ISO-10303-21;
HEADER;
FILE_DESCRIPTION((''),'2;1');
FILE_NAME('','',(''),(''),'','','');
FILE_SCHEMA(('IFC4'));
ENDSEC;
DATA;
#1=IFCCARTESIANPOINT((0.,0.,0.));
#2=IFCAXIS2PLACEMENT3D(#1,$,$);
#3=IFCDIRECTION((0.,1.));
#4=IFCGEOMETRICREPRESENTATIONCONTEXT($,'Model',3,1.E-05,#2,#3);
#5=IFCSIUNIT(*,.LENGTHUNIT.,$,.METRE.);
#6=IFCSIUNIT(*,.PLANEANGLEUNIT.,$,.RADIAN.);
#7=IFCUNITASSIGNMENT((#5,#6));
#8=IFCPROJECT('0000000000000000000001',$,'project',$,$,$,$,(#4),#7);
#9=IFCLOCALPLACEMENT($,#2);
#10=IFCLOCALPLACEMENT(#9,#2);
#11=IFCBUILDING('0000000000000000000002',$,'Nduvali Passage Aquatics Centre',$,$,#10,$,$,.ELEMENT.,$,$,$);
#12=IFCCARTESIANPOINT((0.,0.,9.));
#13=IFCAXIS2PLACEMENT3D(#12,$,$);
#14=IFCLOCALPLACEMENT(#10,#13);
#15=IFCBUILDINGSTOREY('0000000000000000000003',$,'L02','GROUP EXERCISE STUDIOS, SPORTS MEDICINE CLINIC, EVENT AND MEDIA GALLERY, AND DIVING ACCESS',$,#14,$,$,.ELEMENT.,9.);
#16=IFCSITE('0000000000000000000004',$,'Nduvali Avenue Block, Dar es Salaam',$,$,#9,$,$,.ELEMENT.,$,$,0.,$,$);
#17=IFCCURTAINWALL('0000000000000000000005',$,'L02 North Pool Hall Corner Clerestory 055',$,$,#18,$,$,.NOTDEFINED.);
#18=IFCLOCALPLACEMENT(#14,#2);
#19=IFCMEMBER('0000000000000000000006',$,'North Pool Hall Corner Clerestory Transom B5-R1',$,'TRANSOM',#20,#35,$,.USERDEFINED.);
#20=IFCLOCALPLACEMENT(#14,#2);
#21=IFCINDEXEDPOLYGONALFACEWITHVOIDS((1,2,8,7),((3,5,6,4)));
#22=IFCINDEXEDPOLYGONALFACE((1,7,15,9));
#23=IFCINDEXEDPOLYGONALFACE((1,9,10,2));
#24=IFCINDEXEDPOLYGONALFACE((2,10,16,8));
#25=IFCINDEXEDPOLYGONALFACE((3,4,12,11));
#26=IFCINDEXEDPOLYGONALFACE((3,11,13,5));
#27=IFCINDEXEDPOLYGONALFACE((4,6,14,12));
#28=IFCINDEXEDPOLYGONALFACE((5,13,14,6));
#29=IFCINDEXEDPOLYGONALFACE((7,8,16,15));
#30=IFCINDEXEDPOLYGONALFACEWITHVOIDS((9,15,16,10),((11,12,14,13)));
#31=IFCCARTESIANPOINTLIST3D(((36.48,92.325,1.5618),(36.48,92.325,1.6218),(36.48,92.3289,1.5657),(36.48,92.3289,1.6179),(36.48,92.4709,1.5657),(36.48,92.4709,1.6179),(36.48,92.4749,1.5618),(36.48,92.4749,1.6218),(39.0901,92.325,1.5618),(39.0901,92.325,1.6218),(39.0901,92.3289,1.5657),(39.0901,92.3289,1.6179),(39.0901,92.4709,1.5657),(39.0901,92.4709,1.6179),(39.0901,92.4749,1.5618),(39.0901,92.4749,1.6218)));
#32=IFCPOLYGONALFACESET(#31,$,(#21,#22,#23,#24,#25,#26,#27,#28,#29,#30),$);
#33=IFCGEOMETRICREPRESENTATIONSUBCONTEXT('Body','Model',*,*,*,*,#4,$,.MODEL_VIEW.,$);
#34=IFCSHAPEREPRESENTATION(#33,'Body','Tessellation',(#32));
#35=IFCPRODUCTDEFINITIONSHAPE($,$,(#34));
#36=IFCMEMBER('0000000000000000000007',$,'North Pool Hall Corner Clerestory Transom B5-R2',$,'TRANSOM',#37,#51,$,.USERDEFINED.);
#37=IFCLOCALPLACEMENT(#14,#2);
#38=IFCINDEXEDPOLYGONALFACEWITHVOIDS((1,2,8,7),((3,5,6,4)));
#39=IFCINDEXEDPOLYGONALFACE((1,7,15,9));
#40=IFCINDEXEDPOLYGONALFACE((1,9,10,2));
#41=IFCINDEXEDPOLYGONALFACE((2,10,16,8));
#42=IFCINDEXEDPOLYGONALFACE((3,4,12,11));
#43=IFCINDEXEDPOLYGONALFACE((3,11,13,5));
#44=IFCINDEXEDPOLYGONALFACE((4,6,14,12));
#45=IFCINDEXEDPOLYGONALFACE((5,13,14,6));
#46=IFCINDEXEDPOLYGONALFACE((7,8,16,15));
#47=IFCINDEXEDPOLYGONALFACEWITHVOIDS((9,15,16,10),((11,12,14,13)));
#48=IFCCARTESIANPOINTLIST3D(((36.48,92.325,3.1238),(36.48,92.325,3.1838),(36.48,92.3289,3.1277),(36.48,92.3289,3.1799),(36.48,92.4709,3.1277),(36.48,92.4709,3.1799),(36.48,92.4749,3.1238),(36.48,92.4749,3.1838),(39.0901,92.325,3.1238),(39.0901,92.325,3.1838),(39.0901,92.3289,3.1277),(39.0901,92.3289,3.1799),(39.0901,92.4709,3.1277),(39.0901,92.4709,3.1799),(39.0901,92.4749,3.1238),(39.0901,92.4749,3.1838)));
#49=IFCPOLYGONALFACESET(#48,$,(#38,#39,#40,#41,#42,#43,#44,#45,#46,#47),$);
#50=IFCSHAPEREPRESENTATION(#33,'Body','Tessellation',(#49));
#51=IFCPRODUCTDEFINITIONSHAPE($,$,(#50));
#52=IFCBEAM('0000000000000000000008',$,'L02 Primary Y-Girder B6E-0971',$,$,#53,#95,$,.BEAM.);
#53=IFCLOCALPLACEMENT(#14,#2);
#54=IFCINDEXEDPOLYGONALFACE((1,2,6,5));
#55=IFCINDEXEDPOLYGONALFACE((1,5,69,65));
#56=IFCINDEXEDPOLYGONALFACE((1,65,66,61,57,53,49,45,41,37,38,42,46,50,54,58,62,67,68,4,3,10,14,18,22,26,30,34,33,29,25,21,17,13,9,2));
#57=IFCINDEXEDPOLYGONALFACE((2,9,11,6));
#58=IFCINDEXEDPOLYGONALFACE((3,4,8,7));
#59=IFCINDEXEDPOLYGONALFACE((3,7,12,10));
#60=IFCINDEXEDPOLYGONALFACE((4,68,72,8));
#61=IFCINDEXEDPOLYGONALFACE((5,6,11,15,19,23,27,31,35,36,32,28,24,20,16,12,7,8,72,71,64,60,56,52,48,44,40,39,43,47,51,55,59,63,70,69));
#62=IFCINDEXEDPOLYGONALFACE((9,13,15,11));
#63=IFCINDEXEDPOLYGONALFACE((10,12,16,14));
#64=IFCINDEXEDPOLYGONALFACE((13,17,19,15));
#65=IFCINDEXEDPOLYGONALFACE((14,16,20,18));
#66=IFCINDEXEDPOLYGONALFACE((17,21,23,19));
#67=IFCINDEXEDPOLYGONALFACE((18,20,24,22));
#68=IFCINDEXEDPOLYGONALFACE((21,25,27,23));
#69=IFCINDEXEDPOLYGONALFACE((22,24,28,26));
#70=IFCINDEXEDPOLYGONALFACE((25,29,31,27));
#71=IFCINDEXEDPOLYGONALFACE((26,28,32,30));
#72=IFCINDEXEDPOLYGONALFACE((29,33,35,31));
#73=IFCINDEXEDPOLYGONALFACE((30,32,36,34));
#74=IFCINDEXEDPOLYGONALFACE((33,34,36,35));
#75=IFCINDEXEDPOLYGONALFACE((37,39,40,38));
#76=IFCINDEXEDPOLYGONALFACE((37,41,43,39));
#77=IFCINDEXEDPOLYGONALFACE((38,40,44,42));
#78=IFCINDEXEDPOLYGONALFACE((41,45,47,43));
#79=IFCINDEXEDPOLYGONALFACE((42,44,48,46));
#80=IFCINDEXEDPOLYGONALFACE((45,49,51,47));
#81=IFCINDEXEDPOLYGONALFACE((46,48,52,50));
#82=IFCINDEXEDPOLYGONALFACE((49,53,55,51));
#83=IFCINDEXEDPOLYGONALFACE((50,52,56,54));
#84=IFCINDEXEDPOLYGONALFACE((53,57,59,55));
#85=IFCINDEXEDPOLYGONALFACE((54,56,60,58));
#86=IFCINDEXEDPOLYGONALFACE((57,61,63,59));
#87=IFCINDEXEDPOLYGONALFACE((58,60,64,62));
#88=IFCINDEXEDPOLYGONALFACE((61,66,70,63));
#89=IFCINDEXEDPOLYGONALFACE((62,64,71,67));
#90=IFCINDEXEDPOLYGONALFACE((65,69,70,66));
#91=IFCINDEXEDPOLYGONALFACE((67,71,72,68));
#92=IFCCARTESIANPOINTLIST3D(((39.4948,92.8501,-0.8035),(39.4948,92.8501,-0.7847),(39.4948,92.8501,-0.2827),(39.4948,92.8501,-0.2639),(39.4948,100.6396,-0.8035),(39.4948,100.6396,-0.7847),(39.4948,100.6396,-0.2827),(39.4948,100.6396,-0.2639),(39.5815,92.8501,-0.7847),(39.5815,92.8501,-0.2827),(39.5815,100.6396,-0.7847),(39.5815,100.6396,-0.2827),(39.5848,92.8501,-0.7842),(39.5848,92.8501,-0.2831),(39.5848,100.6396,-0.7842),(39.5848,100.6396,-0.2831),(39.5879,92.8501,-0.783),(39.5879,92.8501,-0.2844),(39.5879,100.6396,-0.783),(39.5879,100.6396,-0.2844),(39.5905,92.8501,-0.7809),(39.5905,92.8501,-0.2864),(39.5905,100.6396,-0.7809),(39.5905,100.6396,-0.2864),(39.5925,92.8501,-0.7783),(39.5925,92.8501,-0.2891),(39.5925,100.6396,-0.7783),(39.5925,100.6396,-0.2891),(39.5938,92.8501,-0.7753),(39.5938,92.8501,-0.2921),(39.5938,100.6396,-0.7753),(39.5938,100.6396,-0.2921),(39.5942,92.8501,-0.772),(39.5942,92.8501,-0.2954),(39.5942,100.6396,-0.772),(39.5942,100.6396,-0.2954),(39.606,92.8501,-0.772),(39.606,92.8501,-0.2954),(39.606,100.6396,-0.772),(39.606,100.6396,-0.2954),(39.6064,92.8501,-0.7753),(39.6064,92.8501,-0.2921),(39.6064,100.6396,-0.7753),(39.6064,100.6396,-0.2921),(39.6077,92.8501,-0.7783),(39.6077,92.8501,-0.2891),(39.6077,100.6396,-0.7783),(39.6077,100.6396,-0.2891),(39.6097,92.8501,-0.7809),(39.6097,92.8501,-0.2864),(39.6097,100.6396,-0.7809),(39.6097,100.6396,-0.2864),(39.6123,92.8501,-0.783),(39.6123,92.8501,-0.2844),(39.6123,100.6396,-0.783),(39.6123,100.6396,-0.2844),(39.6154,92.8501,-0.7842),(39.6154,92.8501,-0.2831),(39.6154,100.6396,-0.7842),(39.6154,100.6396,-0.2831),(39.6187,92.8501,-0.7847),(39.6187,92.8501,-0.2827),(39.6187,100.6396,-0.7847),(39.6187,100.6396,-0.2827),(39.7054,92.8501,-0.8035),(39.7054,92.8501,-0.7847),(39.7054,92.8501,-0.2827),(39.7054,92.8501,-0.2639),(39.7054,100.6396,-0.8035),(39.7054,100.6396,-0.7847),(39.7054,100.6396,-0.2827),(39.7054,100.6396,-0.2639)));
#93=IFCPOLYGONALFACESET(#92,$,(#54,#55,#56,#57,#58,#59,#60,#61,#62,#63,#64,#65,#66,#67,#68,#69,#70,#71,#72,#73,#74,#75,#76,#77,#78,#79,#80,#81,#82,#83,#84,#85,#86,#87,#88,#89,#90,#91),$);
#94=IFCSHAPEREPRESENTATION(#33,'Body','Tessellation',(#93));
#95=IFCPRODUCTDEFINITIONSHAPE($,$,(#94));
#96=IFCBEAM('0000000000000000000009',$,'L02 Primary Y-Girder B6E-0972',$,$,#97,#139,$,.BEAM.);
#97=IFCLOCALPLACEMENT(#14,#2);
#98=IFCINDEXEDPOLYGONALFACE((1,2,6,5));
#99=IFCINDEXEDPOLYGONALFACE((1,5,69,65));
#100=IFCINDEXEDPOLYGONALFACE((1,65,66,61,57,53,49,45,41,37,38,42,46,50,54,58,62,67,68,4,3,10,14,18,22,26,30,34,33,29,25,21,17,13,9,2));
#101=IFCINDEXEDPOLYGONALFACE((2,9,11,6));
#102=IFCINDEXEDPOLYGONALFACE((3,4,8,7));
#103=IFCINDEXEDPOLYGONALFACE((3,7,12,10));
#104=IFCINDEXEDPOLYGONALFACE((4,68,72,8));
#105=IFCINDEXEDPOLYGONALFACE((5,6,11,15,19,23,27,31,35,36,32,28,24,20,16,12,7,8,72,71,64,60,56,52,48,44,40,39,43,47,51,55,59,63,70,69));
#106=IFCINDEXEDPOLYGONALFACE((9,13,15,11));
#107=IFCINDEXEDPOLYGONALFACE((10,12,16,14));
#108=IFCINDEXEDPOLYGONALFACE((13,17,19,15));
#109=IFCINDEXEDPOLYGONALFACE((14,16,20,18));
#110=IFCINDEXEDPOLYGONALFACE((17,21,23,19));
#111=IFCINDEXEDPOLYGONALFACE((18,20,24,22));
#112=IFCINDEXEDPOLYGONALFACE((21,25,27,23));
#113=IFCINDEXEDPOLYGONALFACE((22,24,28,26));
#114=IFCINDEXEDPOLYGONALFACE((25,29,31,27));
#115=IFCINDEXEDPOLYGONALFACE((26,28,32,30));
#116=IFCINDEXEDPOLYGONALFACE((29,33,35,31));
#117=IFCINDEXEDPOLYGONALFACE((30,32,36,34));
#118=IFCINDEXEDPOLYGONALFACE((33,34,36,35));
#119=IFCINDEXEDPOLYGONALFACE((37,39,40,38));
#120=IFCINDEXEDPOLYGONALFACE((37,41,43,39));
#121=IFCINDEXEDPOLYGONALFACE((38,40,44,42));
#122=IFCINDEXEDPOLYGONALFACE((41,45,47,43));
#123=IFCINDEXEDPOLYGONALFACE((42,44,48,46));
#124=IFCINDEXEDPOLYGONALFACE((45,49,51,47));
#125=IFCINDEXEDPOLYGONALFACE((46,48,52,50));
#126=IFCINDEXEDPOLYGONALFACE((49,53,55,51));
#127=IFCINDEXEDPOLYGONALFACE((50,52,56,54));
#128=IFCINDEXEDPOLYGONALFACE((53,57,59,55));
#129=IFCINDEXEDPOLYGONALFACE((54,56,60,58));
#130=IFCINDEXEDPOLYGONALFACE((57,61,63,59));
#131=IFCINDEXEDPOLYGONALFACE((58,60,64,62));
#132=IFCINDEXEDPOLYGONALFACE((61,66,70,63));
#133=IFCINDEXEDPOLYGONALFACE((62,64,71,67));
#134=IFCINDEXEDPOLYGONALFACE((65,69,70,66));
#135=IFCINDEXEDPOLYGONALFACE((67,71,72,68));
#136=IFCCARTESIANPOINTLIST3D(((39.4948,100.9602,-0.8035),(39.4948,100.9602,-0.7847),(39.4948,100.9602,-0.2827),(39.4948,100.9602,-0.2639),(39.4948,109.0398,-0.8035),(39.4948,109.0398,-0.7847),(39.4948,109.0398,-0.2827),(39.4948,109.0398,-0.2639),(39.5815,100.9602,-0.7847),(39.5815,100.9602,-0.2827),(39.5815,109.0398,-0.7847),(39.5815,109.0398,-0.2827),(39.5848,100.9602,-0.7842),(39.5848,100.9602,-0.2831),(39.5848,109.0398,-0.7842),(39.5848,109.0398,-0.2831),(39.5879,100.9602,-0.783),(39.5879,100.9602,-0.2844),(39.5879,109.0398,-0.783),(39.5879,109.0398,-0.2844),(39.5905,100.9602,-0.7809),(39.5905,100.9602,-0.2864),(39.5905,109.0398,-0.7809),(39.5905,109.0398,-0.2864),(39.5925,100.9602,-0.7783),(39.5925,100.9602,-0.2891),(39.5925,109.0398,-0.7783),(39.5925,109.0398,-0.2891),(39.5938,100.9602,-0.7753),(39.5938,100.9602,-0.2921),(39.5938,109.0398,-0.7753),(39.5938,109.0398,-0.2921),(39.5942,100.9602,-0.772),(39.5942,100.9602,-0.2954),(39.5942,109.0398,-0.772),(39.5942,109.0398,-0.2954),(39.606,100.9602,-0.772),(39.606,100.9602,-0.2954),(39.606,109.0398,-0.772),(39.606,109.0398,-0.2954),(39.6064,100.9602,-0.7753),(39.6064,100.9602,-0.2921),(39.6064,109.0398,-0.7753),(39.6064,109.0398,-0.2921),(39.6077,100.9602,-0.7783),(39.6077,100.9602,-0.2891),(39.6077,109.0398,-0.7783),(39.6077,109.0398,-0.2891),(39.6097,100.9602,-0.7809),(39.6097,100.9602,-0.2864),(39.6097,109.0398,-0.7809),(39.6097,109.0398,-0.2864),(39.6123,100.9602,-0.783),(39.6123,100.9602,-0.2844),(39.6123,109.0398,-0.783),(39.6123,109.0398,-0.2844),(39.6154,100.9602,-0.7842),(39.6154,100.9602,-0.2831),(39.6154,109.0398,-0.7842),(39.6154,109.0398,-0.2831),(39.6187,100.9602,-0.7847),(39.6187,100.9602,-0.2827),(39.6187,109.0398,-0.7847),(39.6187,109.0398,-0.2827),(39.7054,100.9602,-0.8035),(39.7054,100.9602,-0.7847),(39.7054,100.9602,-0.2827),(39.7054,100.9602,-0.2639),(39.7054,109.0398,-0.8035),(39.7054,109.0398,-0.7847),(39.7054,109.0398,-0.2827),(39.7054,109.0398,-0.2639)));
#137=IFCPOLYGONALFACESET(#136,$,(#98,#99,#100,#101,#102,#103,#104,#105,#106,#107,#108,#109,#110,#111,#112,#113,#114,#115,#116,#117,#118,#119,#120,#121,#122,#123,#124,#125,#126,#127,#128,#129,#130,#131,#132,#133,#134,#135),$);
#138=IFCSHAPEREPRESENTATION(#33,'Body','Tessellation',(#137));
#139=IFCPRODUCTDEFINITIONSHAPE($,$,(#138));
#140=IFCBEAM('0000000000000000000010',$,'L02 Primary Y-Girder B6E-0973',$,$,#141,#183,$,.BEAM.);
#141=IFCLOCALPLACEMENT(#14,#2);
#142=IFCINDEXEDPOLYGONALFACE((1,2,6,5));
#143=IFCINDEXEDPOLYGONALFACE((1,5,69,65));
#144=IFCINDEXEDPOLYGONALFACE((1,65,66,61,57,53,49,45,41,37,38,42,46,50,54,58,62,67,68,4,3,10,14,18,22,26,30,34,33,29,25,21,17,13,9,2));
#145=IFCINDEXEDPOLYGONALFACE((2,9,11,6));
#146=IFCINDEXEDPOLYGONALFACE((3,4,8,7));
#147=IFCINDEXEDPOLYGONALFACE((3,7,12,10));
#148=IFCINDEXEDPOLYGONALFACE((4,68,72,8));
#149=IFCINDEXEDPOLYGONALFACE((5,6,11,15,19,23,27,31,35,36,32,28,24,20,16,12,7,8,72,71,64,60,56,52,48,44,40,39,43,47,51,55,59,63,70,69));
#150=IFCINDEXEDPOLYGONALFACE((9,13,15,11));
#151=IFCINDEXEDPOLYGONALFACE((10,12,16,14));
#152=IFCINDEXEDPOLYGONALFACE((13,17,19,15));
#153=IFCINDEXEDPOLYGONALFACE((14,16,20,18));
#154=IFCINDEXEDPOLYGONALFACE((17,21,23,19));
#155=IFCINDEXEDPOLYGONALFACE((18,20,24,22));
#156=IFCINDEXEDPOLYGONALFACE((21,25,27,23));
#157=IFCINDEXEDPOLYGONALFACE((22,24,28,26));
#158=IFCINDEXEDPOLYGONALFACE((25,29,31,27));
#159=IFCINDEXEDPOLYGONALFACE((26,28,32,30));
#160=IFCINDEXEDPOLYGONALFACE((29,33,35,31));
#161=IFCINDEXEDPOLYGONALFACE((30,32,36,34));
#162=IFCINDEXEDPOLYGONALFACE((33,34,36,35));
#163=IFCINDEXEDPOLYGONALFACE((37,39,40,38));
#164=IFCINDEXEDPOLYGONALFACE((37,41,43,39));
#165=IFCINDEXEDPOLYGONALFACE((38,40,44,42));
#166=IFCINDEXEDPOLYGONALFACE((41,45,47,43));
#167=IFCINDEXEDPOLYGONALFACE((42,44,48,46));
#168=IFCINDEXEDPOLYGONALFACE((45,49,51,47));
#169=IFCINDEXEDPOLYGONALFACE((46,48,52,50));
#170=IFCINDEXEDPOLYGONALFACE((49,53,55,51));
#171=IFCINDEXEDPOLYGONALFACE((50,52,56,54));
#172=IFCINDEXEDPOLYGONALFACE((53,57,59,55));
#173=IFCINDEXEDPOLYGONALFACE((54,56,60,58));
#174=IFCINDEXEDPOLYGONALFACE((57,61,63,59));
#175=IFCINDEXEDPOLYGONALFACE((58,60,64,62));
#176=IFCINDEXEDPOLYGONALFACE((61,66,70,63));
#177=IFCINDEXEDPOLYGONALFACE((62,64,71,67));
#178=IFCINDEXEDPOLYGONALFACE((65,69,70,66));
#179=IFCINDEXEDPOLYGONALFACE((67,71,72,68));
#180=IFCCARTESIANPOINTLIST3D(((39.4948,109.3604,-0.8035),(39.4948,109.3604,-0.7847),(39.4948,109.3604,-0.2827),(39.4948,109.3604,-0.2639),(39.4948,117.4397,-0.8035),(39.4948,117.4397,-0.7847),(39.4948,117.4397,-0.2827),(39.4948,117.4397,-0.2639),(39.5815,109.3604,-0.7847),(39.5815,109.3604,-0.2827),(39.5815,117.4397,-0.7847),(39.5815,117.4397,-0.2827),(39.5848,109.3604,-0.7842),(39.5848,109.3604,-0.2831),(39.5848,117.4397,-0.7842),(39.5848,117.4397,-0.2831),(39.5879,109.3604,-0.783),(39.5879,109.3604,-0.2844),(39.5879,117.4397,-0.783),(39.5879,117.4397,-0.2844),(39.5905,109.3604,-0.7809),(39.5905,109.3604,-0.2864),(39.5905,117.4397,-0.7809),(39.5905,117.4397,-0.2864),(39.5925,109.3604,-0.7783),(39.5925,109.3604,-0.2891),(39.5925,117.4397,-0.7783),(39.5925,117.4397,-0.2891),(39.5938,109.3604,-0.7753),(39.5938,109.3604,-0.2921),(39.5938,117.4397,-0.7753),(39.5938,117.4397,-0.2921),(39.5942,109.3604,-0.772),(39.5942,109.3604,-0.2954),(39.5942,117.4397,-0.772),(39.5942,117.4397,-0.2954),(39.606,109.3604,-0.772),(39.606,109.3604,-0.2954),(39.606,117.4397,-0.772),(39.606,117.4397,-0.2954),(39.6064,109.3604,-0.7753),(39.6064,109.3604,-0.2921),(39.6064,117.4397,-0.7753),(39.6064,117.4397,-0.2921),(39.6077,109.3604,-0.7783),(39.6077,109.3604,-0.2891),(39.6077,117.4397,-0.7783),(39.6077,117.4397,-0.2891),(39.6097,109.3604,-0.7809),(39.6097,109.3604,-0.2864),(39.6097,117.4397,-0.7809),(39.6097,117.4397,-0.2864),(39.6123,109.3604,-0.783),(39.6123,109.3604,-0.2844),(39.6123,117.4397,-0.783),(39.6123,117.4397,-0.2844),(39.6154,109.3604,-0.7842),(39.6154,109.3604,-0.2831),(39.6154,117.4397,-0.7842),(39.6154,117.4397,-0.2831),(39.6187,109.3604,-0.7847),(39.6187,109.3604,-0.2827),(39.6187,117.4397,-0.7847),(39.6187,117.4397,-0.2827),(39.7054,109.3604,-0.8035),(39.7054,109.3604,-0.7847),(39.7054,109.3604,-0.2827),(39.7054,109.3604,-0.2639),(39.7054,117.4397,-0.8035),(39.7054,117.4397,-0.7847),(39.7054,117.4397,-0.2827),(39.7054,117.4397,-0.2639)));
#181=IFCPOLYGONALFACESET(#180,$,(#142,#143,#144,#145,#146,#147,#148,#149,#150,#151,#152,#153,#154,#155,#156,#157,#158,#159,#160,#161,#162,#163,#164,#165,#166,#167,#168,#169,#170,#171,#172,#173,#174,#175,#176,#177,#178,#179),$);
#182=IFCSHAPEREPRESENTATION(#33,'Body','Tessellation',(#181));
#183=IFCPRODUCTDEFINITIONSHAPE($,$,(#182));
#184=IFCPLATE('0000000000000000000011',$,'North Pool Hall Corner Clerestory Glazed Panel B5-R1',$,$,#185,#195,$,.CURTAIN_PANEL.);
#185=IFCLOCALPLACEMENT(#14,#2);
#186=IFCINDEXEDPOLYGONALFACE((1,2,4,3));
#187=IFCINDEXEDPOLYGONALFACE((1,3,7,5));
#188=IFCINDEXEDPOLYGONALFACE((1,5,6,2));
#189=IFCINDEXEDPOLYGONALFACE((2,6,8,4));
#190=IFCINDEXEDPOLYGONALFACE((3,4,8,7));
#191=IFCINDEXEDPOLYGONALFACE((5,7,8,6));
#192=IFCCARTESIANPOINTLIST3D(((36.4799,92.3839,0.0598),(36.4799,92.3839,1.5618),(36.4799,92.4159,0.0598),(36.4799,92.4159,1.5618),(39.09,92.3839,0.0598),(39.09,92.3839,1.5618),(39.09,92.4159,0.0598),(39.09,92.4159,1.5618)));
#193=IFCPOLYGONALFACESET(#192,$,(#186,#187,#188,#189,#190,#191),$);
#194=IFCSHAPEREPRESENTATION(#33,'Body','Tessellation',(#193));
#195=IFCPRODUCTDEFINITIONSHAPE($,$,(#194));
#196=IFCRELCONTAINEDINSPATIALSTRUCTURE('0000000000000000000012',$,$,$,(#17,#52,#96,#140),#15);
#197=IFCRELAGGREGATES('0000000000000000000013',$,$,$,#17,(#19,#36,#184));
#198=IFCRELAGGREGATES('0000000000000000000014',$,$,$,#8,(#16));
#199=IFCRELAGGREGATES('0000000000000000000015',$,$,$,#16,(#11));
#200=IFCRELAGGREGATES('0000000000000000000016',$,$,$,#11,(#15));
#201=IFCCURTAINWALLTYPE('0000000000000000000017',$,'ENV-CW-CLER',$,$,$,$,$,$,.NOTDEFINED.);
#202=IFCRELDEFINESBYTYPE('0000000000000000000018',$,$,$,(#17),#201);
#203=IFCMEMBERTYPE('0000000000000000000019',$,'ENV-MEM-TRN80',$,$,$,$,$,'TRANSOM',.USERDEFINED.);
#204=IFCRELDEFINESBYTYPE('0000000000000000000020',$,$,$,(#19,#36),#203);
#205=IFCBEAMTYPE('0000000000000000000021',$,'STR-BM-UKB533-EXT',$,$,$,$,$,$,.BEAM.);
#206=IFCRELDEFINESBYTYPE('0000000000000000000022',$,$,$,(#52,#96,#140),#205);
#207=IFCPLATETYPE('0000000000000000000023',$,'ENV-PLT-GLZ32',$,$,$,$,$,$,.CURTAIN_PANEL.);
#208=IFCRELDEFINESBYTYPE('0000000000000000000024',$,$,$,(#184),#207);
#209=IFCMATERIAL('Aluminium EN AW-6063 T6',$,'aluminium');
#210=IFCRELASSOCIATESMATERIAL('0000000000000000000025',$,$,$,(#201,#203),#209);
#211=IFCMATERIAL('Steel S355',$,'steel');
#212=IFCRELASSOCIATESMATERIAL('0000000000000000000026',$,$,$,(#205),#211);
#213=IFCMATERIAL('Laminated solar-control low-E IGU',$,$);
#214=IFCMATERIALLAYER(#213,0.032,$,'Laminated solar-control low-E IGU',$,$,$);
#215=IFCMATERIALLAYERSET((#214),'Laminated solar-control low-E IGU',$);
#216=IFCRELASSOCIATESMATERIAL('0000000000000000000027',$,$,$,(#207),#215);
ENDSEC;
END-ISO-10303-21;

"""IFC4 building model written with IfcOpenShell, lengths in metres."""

from ifc_helpers import new_model, si_unit, direction, frame, origin, origin_2d, place, context, subcontext, project, spatial, rectangle, hollow_rectangle, i_section, extrude, material, layer, layer_set, material_profile, profile_set, type_object, element, aggregate, save


model = new_model("IFC4")

# Units and contexts
model_context = context("Model", 3, precision=1e-05, world=origin(), true_north=direction((0.0, 1.0)))
body_context = subcontext(model_context, "Body", "Model", "MODEL_VIEW")
ifc_project = project(units=[si_unit("LENGTHUNIT", "METRE"), si_unit("PLANEANGLEUNIT", "RADIAN")], contexts=[model_context])

# Site, building, storey
site_placement = place(None, origin())
site = spatial("IfcSite", under=ifc_project, at=site_placement, Name="Nduvali Avenue Block, Dar es Salaam", CompositionType="ELEMENT", RefElevation=0.0)
building_placement = place(site_placement, origin())
building = spatial("IfcBuilding", under=site, at=building_placement, Name="Nduvali Passage Aquatics Centre", CompositionType="ELEMENT")
storey_placement = place(building_placement, frame((0.0, 0.0, 9.0)))
storey = spatial("IfcBuildingStorey", under=building, at=storey_placement, Name="L02", Description="GROUP EXERCISE STUDIOS, SPORTS MEDICINE CLINIC, EVENT AND MEDIA GALLERY, AND DIVING ACCESS", CompositionType="ELEMENT", Elevation=9.0)

# Shared definitions
ifc_material_1 = material(Name="Steel S355", Category="steel")

# Curtain wall, members
ifc_material_2 = material(Name="Aluminium EN AW-6063 T6", Category="aluminium")
curtain_wall_type = type_object("IfcCurtainWallType", Name="ENV-CW-CLER", PredefinedType="NOTDEFINED", material=ifc_material_2)
curtain_wall_placement = place(storey_placement, origin())
curtain_wall = element("IfcCurtainWall", 1, at=curtain_wall_placement, inside=storey, type_object=curtain_wall_type, Name="L02 North Pool Hall Corner Clerestory 055", PredefinedType="NOTDEFINED")
ifc_material_profile_1 = material_profile(ifc_material_2, hollow_rectangle(XDim=0.1499, YDim=0.0601, WallThickness=0.0039, at=origin_2d()), Name="ALU TRANSOM 150x60x4")
ifc_profile_set_1 = profile_set([ifc_material_profile_1], Name="Aluminium EN AW-6063 T6")
member_type_1 = type_object("IfcMemberType", Name="ENV-MEM-TRN80", ElementType="TRANSOM", PredefinedType="USERDEFINED", material=ifc_profile_set_1)
member_1_placement = place(storey_placement, frame((36.48, 92.3999, 1.5918), z_axis=(1.0, 0.0, 0.0), x_axis=(0.0, 1.0, 0.0)))
member_1 = element("IfcMember", 2, at=member_1_placement, type_object=member_type_1, Name="North Pool Hall Corner Clerestory Transom B5-R1", ObjectType="TRANSOM", PredefinedType="USERDEFINED", context=body_context, shape_type="SweptSolid", body=[
    extrude(hollow_rectangle(XDim=0.1499, YDim=0.0601, WallThickness=0.0039, at=origin_2d()), origin(), (0.0, 0.0, 1.0), 2.6101),
])
member_2_placement = place(storey_placement, frame((36.48, 92.3999, 3.1538), z_axis=(1.0, 0.0, 0.0), x_axis=(0.0, 1.0, 0.0)))
member_2 = element("IfcMember", 3, at=member_2_placement, type_object=member_type_1, Name="North Pool Hall Corner Clerestory Transom B5-R2", ObjectType="TRANSOM", PredefinedType="USERDEFINED", context=body_context, shape_type="SweptSolid", body=[
    extrude(hollow_rectangle(XDim=0.1499, YDim=0.0601, WallThickness=0.0039, at=origin_2d()), origin(), (0.0, 0.0, 1.0), 2.6101),
])

# Beams
ifc_material_profile_2 = material_profile(ifc_material_1, i_section(OverallWidth=0.2107, OverallDepth=0.5396, WebThickness=0.0117, FlangeThickness=0.0188, FilletRadius=0.0127, at=origin_2d()), Name="UKB 533x210x109")
ifc_profile_set_2 = profile_set([ifc_material_profile_2], Name="Steel S355")
beam_type = type_object("IfcBeamType", Name="STR-BM-UKB533-EXT", PredefinedType="BEAM", material=ifc_profile_set_2)
beam_1_placement = place(storey_placement, frame((39.6001, 92.8501, -0.5337), z_axis=(0.0, 1.0, 0.0), x_axis=(-1.0, 0.0, 0.0)))
element("IfcBeam", 4, at=beam_1_placement, inside=storey, type_object=beam_type, Name="L02 Primary Y-Girder B6E-0971", PredefinedType="BEAM", context=body_context, shape_type="SweptSolid", body=[
    extrude(i_section(OverallWidth=0.2107, OverallDepth=0.5396, WebThickness=0.0117, FlangeThickness=0.0188, FilletRadius=0.0127, at=origin_2d()), origin(), (0.0, 0.0, 1.0), 7.7896),
])
beam_2_placement = place(storey_placement, frame((39.6001, 100.9602, -0.5337), z_axis=(0.0, 1.0, 0.0), x_axis=(-1.0, 0.0, 0.0)))
element("IfcBeam", 5, at=beam_2_placement, inside=storey, type_object=beam_type, Name="L02 Primary Y-Girder B6E-0972", PredefinedType="BEAM", context=body_context, shape_type="SweptSolid", body=[
    extrude(i_section(OverallWidth=0.2107, OverallDepth=0.5396, WebThickness=0.0117, FlangeThickness=0.0188, FilletRadius=0.0127, at=origin_2d()), origin(), (0.0, 0.0, 1.0), 8.0796),
])
beam_3_placement = place(storey_placement, frame((39.6001, 109.3604, -0.5337), z_axis=(0.0, 1.0, 0.0), x_axis=(-1.0, 0.0, 0.0)))
element("IfcBeam", 6, at=beam_3_placement, inside=storey, type_object=beam_type, Name="L02 Primary Y-Girder B6E-0973", PredefinedType="BEAM", context=body_context, shape_type="SweptSolid", body=[
    extrude(i_section(OverallWidth=0.2107, OverallDepth=0.5396, WebThickness=0.0117, FlangeThickness=0.0188, FilletRadius=0.0127, at=origin_2d()), origin(), (0.0, 0.0, 1.0), 8.0793),
])

# Plate
ifc_material_3 = material(Name="Laminated solar-control low-E IGU")
ifc_layer_1 = layer(ifc_material_3, 0.032, Name="Laminated solar-control low-E IGU")
ifc_layer_set_1 = layer_set([ifc_layer_1], Name="Laminated solar-control low-E IGU")
plate_type = type_object("IfcPlateType", Name="ENV-PLT-GLZ32", PredefinedType="CURTAIN_PANEL", material=ifc_layer_set_1)
plate_1_placement = place(storey_placement, frame((37.7849, 92.3999, 0.0598), z_axis=(0.0, 0.0, 1.0), x_axis=(1.0, 0.0, 0.0)))
plate_1 = element("IfcPlate", 7, at=plate_1_placement, type_object=plate_type, Name="North Pool Hall Corner Clerestory Glazed Panel B5-R1", PredefinedType="CURTAIN_PANEL", context=body_context, shape_type="SweptSolid", body=[
    extrude(rectangle(XDim=2.6101, YDim=0.032, at=origin_2d()), origin(), (0.0, 0.0, 1.0), 1.502),
])
aggregate(curtain_wall, [member_1, member_2, plate_1])

save(model, "model.ifc")
